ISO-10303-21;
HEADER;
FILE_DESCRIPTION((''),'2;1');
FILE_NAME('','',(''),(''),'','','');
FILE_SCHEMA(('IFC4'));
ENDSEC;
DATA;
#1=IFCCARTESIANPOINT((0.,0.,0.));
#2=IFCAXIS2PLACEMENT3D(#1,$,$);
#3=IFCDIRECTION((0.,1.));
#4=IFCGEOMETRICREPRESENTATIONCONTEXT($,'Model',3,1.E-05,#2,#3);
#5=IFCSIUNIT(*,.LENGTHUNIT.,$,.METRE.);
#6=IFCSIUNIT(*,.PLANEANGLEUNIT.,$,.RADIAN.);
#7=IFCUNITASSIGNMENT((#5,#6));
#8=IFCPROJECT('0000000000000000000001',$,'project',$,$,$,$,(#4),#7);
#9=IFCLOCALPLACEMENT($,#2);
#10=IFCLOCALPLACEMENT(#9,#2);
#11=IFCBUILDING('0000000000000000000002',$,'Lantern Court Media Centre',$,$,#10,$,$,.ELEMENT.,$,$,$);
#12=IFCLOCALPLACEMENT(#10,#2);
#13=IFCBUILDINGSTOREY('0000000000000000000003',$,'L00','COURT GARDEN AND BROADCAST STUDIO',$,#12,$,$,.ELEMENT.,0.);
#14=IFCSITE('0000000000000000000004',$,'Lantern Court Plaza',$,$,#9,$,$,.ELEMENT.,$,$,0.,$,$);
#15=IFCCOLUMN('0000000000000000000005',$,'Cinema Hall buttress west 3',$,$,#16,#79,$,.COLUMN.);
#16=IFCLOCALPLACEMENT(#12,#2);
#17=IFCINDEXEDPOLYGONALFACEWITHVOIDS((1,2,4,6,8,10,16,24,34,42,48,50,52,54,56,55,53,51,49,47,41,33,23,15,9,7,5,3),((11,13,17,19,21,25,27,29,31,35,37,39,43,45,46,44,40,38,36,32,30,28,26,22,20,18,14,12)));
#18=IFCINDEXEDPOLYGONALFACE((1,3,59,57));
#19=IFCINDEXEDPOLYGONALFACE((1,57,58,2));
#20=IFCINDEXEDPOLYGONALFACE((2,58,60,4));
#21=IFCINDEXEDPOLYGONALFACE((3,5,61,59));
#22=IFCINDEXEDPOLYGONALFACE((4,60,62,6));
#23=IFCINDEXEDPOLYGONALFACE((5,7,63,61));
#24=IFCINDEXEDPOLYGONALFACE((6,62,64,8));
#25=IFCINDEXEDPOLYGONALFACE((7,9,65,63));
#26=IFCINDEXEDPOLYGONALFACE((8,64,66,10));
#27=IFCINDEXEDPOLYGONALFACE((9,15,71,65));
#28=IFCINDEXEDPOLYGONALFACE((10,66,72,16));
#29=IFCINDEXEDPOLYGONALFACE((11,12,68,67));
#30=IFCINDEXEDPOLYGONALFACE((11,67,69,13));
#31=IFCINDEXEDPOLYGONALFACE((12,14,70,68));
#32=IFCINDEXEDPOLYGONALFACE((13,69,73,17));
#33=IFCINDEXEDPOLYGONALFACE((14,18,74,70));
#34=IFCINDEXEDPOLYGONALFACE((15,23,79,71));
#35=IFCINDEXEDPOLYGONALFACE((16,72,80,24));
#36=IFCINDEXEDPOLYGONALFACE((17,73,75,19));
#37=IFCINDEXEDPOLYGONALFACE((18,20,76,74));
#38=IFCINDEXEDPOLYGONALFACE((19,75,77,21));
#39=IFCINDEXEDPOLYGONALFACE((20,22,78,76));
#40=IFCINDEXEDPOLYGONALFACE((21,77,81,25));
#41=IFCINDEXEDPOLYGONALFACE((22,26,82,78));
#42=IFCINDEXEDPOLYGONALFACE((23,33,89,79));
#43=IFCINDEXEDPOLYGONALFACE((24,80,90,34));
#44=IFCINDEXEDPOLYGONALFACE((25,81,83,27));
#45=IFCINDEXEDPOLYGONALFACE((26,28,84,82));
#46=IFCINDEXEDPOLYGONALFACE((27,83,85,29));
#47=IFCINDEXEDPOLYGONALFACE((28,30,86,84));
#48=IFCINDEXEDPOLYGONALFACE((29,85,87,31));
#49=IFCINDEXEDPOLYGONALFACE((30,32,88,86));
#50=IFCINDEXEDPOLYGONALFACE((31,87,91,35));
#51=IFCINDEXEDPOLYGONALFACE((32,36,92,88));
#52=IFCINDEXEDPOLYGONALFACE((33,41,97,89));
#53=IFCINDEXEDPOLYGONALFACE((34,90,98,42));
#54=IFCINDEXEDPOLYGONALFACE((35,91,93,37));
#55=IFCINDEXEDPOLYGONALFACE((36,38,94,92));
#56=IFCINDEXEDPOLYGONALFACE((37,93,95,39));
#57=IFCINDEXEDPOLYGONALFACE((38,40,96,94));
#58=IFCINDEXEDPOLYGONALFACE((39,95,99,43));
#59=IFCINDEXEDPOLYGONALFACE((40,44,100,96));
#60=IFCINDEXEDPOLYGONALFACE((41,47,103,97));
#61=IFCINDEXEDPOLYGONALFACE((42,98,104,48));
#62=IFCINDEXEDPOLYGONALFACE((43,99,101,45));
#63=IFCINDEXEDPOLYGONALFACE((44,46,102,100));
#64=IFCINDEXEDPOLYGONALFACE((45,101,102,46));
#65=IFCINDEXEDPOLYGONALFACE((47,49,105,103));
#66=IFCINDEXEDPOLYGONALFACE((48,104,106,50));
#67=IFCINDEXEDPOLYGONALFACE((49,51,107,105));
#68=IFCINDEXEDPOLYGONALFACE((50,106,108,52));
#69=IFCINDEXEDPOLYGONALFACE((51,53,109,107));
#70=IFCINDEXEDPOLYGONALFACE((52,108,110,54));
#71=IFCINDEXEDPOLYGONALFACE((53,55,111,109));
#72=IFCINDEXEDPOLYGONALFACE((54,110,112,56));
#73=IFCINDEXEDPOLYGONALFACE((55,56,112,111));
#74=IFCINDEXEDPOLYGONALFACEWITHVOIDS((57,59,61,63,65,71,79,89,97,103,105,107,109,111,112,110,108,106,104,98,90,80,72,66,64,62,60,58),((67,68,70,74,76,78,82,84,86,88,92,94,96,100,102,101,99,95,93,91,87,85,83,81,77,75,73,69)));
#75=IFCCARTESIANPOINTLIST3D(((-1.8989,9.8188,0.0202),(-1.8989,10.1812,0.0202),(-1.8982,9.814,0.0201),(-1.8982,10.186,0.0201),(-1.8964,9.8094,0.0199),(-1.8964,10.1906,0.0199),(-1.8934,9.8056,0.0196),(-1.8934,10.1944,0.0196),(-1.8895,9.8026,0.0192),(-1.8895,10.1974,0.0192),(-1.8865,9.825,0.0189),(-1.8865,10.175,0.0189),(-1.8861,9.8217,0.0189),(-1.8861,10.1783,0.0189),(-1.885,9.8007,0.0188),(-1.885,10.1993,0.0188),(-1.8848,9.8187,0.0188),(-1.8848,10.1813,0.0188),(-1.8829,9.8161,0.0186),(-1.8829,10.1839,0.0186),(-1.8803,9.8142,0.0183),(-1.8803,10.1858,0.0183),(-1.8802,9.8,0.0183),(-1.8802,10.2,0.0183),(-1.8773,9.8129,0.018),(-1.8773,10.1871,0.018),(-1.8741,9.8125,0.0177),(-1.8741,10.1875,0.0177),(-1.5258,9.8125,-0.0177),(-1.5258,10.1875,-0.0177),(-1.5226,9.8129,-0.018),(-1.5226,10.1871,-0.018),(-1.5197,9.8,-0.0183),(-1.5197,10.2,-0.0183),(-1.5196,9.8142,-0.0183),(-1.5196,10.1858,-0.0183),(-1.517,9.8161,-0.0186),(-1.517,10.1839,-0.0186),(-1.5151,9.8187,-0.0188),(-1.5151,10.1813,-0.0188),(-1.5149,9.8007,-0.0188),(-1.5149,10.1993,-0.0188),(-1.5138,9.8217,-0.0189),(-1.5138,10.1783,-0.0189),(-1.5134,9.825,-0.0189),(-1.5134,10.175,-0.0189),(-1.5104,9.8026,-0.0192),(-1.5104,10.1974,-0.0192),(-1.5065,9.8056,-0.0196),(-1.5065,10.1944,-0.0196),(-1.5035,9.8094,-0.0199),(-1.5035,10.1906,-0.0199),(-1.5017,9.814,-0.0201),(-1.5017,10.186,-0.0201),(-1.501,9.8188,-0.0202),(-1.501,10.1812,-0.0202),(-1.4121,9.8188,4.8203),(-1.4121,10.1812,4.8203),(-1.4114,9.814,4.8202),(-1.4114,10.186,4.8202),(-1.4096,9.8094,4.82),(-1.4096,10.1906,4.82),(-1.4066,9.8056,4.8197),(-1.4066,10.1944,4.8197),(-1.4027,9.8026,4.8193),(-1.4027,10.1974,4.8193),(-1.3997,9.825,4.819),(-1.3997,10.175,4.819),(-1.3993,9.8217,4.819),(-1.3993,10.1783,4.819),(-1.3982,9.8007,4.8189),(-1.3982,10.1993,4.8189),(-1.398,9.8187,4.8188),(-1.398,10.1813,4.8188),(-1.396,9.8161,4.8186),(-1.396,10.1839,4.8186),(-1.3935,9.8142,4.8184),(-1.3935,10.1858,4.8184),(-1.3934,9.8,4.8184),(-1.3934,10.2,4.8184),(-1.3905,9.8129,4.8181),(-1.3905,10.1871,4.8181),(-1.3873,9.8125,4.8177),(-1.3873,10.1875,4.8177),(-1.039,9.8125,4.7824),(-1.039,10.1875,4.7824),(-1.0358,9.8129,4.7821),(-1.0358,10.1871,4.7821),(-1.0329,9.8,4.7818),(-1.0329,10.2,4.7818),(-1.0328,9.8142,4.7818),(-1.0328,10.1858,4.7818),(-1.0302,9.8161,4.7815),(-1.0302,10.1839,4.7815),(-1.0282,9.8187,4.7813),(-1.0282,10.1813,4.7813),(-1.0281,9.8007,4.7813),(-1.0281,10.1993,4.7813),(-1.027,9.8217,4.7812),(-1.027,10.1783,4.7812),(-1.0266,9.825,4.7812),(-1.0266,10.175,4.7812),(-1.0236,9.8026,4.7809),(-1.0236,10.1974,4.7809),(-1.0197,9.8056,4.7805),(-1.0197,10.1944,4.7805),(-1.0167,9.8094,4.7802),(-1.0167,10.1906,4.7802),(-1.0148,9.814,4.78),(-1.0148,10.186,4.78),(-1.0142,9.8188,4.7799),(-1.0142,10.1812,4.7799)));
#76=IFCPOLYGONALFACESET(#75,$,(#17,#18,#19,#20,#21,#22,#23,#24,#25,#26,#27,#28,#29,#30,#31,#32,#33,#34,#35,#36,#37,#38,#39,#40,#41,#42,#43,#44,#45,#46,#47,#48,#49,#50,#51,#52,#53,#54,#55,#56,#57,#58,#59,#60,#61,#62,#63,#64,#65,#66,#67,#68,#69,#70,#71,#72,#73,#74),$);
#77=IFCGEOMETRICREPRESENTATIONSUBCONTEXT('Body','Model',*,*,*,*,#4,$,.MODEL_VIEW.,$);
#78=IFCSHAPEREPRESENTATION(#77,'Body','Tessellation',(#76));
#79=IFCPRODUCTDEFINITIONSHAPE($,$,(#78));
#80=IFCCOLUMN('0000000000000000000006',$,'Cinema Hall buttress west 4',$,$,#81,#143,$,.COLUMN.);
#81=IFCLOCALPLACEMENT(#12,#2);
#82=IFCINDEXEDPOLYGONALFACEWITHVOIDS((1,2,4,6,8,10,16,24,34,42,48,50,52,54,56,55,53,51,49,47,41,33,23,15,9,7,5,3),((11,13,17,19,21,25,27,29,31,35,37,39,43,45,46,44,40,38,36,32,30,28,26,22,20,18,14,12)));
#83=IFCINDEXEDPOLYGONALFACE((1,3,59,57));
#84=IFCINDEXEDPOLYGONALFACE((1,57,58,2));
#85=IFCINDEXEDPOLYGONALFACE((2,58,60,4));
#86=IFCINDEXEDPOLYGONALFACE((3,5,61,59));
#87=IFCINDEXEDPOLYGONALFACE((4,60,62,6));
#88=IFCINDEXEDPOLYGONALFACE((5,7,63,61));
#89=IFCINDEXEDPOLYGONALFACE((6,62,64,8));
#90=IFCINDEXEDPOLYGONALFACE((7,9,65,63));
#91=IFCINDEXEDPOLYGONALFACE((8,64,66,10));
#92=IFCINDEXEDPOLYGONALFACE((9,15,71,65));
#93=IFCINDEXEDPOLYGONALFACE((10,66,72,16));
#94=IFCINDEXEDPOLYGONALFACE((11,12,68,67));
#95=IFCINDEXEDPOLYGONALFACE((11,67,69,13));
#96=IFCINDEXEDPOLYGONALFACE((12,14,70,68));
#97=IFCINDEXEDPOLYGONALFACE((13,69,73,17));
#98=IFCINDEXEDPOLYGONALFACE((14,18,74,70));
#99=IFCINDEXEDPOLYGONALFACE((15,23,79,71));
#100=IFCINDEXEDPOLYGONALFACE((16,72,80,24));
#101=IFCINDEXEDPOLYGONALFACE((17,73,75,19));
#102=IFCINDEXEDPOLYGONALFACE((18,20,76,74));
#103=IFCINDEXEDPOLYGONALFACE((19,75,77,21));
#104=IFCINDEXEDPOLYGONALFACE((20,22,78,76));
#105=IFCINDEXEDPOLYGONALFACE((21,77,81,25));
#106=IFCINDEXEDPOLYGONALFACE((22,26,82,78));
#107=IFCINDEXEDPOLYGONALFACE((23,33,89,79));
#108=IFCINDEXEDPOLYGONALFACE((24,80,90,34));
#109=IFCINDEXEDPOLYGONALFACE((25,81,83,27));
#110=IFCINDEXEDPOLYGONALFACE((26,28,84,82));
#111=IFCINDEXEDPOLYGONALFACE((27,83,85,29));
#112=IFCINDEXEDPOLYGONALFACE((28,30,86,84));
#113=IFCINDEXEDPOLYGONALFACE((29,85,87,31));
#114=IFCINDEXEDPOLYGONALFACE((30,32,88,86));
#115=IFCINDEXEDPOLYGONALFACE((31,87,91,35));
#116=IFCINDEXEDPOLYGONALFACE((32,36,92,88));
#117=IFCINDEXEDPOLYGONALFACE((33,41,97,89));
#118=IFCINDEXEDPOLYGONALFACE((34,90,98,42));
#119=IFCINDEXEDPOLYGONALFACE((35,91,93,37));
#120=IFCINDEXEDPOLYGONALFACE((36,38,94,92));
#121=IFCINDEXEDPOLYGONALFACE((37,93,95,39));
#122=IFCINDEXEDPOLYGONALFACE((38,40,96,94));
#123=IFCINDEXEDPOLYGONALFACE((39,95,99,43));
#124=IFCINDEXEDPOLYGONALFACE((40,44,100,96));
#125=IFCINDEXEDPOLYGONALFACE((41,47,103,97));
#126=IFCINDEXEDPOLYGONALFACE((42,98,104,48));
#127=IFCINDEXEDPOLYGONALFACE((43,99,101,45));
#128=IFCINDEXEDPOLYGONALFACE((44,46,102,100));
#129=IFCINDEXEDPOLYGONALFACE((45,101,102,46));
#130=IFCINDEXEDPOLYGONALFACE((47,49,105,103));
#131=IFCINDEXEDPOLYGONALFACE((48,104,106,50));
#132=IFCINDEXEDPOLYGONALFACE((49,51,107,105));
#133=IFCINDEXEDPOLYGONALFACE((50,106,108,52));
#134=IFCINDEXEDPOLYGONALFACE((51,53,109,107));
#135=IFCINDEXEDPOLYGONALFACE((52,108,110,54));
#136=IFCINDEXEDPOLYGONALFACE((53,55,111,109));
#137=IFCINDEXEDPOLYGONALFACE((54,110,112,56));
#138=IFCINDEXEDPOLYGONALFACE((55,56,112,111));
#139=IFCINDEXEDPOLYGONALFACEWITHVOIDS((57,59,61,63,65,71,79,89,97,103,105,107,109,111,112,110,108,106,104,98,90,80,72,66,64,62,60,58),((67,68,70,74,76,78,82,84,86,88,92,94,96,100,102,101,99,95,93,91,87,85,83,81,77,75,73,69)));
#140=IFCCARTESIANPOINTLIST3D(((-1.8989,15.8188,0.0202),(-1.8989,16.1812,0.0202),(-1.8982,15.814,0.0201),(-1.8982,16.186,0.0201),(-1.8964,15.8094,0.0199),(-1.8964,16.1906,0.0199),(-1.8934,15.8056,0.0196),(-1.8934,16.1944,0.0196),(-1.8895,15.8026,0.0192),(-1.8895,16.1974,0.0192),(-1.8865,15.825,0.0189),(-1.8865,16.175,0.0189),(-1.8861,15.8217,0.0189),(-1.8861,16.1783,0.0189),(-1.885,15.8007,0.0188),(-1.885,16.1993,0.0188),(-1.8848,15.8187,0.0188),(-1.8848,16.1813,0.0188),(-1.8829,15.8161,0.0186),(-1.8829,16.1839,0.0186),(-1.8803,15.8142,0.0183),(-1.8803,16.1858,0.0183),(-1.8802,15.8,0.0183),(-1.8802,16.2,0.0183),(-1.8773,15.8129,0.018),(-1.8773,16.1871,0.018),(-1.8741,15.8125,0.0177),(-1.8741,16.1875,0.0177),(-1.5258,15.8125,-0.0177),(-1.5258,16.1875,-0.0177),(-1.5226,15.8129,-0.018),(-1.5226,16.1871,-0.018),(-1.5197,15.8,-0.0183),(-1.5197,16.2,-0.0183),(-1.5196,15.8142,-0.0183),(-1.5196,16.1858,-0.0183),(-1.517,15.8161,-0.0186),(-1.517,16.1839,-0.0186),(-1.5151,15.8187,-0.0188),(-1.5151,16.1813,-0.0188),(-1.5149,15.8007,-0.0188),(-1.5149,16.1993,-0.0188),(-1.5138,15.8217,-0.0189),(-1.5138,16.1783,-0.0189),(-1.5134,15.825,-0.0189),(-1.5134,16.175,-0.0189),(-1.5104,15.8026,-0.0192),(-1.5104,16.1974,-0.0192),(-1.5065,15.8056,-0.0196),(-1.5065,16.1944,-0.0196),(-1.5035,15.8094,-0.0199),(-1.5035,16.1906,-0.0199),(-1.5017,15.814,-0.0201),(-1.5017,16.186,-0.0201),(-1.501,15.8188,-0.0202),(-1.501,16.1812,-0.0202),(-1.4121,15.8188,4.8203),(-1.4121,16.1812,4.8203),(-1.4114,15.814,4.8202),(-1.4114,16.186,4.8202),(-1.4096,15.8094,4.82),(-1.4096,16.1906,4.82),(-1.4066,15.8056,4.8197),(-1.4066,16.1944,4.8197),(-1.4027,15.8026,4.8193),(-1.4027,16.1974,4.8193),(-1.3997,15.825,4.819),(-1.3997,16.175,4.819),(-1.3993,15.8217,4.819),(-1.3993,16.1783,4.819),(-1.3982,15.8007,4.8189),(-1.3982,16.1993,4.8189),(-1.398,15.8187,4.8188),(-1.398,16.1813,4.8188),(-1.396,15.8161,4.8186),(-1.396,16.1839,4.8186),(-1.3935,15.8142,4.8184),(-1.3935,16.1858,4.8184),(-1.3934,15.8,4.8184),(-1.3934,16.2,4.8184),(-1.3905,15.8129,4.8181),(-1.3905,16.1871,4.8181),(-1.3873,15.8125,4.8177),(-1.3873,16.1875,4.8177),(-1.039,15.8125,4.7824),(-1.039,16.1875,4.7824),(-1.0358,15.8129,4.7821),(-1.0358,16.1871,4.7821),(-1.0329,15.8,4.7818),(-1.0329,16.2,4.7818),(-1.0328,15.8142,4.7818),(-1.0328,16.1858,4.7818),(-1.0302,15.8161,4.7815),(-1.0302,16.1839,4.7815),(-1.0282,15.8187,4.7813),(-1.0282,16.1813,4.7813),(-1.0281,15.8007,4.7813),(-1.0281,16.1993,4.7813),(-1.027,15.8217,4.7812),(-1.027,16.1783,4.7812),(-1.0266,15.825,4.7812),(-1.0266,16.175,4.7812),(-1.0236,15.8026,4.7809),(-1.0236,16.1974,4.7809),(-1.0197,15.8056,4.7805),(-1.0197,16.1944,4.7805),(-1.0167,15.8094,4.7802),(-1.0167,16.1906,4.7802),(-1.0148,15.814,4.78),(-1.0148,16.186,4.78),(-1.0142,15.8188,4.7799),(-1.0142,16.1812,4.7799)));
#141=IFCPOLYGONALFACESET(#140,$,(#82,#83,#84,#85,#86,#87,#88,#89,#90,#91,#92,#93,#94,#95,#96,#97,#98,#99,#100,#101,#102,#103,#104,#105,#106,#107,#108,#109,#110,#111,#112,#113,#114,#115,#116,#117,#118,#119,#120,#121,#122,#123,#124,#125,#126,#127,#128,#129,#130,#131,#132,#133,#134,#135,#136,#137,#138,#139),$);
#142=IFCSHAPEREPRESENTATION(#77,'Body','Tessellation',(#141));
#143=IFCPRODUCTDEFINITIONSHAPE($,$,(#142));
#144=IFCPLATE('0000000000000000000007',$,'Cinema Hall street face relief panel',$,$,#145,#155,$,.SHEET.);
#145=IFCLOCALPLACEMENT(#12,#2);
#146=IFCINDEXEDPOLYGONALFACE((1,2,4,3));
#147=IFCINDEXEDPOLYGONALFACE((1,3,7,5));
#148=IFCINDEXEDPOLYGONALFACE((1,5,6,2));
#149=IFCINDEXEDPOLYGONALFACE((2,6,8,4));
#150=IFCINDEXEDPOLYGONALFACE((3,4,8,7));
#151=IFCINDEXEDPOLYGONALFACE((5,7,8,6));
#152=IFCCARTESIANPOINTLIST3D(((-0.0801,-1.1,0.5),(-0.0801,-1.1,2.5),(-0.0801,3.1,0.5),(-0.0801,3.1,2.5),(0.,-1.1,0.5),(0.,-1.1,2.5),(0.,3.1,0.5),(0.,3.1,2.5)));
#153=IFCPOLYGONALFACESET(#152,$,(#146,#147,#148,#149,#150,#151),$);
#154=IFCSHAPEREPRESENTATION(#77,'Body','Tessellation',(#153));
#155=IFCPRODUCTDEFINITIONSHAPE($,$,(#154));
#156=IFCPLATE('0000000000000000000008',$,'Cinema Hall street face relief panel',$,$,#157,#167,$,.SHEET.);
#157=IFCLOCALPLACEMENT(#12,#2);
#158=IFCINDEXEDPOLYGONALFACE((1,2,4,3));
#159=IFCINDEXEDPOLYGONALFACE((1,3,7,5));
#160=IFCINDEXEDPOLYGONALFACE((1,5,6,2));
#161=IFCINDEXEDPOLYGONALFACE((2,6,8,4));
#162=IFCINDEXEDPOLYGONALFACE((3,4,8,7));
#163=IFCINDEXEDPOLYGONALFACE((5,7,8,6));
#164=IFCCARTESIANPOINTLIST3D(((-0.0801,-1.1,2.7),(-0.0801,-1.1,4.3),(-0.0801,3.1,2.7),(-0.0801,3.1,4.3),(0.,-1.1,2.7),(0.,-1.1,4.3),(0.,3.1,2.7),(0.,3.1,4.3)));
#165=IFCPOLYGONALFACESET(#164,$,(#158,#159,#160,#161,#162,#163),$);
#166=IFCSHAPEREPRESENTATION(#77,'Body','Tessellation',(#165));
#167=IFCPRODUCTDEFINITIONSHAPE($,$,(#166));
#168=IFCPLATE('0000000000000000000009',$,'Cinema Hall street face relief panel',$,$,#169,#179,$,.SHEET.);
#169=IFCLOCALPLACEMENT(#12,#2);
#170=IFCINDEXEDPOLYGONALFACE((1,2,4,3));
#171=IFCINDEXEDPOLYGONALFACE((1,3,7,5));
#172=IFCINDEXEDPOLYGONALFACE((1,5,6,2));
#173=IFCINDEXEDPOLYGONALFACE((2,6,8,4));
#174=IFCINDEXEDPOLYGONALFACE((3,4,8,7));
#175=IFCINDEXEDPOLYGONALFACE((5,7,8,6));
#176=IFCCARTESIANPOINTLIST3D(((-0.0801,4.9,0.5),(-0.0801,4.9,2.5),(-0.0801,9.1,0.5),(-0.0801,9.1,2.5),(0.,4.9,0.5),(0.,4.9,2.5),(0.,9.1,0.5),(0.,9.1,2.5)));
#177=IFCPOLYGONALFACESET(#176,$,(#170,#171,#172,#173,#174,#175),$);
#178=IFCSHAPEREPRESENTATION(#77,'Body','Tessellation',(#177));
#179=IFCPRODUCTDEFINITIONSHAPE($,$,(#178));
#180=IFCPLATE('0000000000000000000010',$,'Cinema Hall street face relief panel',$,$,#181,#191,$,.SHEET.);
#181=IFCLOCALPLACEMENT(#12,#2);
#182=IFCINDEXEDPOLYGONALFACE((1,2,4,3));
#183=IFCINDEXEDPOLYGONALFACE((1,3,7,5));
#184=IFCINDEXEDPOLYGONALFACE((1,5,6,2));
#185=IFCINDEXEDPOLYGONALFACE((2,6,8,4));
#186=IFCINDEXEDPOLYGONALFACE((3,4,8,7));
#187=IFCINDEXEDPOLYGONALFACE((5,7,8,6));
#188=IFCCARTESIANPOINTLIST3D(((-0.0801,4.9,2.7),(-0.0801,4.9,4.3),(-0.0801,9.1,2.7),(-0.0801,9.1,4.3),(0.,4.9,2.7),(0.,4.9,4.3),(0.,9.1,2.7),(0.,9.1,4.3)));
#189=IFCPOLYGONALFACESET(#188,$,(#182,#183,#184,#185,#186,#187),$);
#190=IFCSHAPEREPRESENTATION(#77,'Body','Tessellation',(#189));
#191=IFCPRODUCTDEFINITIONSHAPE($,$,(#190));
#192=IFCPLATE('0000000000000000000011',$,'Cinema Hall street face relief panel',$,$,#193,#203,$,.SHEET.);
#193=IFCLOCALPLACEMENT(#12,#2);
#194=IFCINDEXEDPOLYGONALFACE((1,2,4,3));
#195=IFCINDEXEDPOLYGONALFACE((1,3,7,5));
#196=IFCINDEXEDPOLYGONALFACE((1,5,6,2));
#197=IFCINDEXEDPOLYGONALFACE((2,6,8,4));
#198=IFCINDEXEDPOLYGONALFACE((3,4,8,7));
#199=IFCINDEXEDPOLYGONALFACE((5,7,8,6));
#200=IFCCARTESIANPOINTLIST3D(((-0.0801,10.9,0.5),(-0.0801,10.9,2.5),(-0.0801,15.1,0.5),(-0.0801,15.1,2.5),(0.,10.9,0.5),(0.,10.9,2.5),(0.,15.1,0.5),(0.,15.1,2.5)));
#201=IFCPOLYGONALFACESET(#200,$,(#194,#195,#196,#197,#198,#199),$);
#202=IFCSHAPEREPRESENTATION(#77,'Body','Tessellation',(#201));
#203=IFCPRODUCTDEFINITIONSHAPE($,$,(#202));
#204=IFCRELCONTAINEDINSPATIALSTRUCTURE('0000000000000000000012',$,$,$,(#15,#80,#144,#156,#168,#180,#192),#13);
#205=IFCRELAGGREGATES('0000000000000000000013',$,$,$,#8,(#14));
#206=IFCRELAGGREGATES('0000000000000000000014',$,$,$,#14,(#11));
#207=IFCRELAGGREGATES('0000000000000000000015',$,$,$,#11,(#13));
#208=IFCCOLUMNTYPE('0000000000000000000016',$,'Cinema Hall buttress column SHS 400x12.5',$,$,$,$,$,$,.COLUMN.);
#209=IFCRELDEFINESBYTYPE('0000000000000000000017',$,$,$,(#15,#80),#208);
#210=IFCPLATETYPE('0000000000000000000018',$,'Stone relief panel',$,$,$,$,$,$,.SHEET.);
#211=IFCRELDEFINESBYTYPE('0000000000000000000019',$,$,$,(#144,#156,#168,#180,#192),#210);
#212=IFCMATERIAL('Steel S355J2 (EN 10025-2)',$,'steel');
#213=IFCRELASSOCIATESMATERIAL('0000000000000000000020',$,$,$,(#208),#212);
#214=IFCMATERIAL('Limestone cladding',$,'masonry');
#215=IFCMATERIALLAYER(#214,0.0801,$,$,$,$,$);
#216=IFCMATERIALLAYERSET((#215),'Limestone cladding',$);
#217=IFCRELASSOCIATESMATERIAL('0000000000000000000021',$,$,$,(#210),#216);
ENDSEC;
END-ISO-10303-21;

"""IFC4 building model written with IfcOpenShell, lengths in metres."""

from ifc_helpers import new_model, si_unit, direction, frame, origin, origin_2d, place, context, subcontext, project, spatial, rectangle, hollow_rectangle, extrude, material, layer, layer_set, material_profile, profile_set, type_object, element, save


model = new_model("IFC4")

# Units and contexts
model_context = context("Model", 3, precision=1e-05, world=origin(), true_north=direction((0.0, 1.0)))
body_context = subcontext(model_context, "Body", "Model", "MODEL_VIEW")
ifc_project = project(units=[si_unit("LENGTHUNIT", "METRE"), si_unit("PLANEANGLEUNIT", "RADIAN")], contexts=[model_context])

# Site, building, storey
site_placement = place(None, origin())
site = spatial("IfcSite", under=ifc_project, at=site_placement, Name="Lantern Court Plaza", CompositionType="ELEMENT", RefElevation=0.0)
building_placement = place(site_placement, origin())
building = spatial("IfcBuilding", under=site, at=building_placement, Name="Lantern Court Media Centre", CompositionType="ELEMENT")
storey_placement = place(building_placement, origin())
storey = spatial("IfcBuildingStorey", under=building, at=storey_placement, Name="L00", Description="COURT GARDEN AND BROADCAST STUDIO", CompositionType="ELEMENT", Elevation=0.0)

# Columns
ifc_material_1 = material(Name="Steel S355J2 (EN 10025-2)", Category="steel")
ifc_material_profile_1 = material_profile(ifc_material_1, hollow_rectangle(XDim=0.3999, YDim=0.3999, WallThickness=0.0125, InnerFilletRadius=0.0125, OuterFilletRadius=0.0188, at=origin_2d()), Name="Cinema Hall buttress column SHS 400x12.5")
ifc_profile_set_1 = profile_set([ifc_material_profile_1], Name="Steel S355J2 (EN 10025-2)")
column_type = type_object("IfcColumnType", Name="Cinema Hall buttress column SHS 400x12.5", PredefinedType="COLUMN", material=ifc_profile_set_1)
for number, where, z_axis, x_axis, name in (
    (1, (-1.7, 10.0, 0.0), (0.100901, 0.0, 0.994896), (0.0, 1.0, 0.0), "Cinema Hall buttress west 3"),
    (2, (-1.7, 16.0, 0.0), (0.100901, 0.0, 0.994896), (0.0, 1.0, 0.0), "Cinema Hall buttress west 4"),
):
    element("IfcColumn", number, at=place(storey_placement, frame(where, z_axis=z_axis, x_axis=x_axis)), inside=storey, type_object=column_type, Name=name, PredefinedType="COLUMN", context=body_context, shape_type="SweptSolid", body=[
        extrude(hollow_rectangle(XDim=0.3999, YDim=0.3999, WallThickness=0.0125, InnerFilletRadius=0.0125, OuterFilletRadius=0.0188, at=origin_2d()), origin(), (0.0, 0.0, 1.0), 4.8247),
    ])

# Plates
ifc_material_2 = material(Name="Limestone cladding", Category="masonry")
ifc_layer_1 = layer(ifc_material_2, 0.0801)
ifc_layer_set_1 = layer_set([ifc_layer_1], Name="Limestone cladding")
plate_type = type_object("IfcPlateType", Name="Stone relief panel", PredefinedType="SHEET", material=ifc_layer_set_1)
plate_1_placement = place(storey_placement, frame((-0.04, 1.0, 0.5), z_axis=(0.0, 0.0, 1.0), x_axis=(1.0, 0.0, 0.0)))
element("IfcPlate", 3, at=plate_1_placement, inside=storey, type_object=plate_type, Name="Cinema Hall street face relief panel", PredefinedType="SHEET", context=body_context, shape_type="SweptSolid", body=[
    extrude(rectangle(XDim=0.0801, YDim=4.2, at=origin_2d()), origin(), (0.0, 0.0, 1.0), 2.0),
])
plate_2_placement = place(storey_placement, frame((-0.04, 1.0, 2.7), z_axis=(0.0, 0.0, 1.0), x_axis=(1.0, 0.0, 0.0)))
element("IfcPlate", 4, at=plate_2_placement, inside=storey, type_object=plate_type, Name="Cinema Hall street face relief panel", PredefinedType="SHEET", context=body_context, shape_type="SweptSolid", body=[
    extrude(rectangle(XDim=0.0801, YDim=4.2, at=origin_2d()), origin(), (0.0, 0.0, 1.0), 1.6001),
])
plate_3_placement = place(storey_placement, frame((-0.04, 7.0, 0.5), z_axis=(0.0, 0.0, 1.0), x_axis=(1.0, 0.0, 0.0)))
element("IfcPlate", 5, at=plate_3_placement, inside=storey, type_object=plate_type, Name="Cinema Hall street face relief panel", PredefinedType="SHEET", context=body_context, shape_type="SweptSolid", body=[
    extrude(rectangle(XDim=0.0801, YDim=4.2, at=origin_2d()), origin(), (0.0, 0.0, 1.0), 2.0),
])
plate_4_placement = place(storey_placement, frame((-0.04, 7.0, 2.7), z_axis=(0.0, 0.0, 1.0), x_axis=(1.0, 0.0, 0.0)))
element("IfcPlate", 6, at=plate_4_placement, inside=storey, type_object=plate_type, Name="Cinema Hall street face relief panel", PredefinedType="SHEET", context=body_context, shape_type="SweptSolid", body=[
    extrude(rectangle(XDim=0.0801, YDim=4.2, at=origin_2d()), origin(), (0.0, 0.0, 1.0), 1.6001),
])
plate_5_placement = place(storey_placement, frame((-0.04, 13.0, 0.5), z_axis=(0.0, 0.0, 1.0), x_axis=(1.0, 0.0, 0.0)))
element("IfcPlate", 7, at=plate_5_placement, inside=storey, type_object=plate_type, Name="Cinema Hall street face relief panel", PredefinedType="SHEET", context=body_context, shape_type="SweptSolid", body=[
    extrude(rectangle(XDim=0.0801, YDim=4.2, at=origin_2d()), origin(), (0.0, 0.0, 1.0), 2.0),
])

save(model, "model.ifc")
